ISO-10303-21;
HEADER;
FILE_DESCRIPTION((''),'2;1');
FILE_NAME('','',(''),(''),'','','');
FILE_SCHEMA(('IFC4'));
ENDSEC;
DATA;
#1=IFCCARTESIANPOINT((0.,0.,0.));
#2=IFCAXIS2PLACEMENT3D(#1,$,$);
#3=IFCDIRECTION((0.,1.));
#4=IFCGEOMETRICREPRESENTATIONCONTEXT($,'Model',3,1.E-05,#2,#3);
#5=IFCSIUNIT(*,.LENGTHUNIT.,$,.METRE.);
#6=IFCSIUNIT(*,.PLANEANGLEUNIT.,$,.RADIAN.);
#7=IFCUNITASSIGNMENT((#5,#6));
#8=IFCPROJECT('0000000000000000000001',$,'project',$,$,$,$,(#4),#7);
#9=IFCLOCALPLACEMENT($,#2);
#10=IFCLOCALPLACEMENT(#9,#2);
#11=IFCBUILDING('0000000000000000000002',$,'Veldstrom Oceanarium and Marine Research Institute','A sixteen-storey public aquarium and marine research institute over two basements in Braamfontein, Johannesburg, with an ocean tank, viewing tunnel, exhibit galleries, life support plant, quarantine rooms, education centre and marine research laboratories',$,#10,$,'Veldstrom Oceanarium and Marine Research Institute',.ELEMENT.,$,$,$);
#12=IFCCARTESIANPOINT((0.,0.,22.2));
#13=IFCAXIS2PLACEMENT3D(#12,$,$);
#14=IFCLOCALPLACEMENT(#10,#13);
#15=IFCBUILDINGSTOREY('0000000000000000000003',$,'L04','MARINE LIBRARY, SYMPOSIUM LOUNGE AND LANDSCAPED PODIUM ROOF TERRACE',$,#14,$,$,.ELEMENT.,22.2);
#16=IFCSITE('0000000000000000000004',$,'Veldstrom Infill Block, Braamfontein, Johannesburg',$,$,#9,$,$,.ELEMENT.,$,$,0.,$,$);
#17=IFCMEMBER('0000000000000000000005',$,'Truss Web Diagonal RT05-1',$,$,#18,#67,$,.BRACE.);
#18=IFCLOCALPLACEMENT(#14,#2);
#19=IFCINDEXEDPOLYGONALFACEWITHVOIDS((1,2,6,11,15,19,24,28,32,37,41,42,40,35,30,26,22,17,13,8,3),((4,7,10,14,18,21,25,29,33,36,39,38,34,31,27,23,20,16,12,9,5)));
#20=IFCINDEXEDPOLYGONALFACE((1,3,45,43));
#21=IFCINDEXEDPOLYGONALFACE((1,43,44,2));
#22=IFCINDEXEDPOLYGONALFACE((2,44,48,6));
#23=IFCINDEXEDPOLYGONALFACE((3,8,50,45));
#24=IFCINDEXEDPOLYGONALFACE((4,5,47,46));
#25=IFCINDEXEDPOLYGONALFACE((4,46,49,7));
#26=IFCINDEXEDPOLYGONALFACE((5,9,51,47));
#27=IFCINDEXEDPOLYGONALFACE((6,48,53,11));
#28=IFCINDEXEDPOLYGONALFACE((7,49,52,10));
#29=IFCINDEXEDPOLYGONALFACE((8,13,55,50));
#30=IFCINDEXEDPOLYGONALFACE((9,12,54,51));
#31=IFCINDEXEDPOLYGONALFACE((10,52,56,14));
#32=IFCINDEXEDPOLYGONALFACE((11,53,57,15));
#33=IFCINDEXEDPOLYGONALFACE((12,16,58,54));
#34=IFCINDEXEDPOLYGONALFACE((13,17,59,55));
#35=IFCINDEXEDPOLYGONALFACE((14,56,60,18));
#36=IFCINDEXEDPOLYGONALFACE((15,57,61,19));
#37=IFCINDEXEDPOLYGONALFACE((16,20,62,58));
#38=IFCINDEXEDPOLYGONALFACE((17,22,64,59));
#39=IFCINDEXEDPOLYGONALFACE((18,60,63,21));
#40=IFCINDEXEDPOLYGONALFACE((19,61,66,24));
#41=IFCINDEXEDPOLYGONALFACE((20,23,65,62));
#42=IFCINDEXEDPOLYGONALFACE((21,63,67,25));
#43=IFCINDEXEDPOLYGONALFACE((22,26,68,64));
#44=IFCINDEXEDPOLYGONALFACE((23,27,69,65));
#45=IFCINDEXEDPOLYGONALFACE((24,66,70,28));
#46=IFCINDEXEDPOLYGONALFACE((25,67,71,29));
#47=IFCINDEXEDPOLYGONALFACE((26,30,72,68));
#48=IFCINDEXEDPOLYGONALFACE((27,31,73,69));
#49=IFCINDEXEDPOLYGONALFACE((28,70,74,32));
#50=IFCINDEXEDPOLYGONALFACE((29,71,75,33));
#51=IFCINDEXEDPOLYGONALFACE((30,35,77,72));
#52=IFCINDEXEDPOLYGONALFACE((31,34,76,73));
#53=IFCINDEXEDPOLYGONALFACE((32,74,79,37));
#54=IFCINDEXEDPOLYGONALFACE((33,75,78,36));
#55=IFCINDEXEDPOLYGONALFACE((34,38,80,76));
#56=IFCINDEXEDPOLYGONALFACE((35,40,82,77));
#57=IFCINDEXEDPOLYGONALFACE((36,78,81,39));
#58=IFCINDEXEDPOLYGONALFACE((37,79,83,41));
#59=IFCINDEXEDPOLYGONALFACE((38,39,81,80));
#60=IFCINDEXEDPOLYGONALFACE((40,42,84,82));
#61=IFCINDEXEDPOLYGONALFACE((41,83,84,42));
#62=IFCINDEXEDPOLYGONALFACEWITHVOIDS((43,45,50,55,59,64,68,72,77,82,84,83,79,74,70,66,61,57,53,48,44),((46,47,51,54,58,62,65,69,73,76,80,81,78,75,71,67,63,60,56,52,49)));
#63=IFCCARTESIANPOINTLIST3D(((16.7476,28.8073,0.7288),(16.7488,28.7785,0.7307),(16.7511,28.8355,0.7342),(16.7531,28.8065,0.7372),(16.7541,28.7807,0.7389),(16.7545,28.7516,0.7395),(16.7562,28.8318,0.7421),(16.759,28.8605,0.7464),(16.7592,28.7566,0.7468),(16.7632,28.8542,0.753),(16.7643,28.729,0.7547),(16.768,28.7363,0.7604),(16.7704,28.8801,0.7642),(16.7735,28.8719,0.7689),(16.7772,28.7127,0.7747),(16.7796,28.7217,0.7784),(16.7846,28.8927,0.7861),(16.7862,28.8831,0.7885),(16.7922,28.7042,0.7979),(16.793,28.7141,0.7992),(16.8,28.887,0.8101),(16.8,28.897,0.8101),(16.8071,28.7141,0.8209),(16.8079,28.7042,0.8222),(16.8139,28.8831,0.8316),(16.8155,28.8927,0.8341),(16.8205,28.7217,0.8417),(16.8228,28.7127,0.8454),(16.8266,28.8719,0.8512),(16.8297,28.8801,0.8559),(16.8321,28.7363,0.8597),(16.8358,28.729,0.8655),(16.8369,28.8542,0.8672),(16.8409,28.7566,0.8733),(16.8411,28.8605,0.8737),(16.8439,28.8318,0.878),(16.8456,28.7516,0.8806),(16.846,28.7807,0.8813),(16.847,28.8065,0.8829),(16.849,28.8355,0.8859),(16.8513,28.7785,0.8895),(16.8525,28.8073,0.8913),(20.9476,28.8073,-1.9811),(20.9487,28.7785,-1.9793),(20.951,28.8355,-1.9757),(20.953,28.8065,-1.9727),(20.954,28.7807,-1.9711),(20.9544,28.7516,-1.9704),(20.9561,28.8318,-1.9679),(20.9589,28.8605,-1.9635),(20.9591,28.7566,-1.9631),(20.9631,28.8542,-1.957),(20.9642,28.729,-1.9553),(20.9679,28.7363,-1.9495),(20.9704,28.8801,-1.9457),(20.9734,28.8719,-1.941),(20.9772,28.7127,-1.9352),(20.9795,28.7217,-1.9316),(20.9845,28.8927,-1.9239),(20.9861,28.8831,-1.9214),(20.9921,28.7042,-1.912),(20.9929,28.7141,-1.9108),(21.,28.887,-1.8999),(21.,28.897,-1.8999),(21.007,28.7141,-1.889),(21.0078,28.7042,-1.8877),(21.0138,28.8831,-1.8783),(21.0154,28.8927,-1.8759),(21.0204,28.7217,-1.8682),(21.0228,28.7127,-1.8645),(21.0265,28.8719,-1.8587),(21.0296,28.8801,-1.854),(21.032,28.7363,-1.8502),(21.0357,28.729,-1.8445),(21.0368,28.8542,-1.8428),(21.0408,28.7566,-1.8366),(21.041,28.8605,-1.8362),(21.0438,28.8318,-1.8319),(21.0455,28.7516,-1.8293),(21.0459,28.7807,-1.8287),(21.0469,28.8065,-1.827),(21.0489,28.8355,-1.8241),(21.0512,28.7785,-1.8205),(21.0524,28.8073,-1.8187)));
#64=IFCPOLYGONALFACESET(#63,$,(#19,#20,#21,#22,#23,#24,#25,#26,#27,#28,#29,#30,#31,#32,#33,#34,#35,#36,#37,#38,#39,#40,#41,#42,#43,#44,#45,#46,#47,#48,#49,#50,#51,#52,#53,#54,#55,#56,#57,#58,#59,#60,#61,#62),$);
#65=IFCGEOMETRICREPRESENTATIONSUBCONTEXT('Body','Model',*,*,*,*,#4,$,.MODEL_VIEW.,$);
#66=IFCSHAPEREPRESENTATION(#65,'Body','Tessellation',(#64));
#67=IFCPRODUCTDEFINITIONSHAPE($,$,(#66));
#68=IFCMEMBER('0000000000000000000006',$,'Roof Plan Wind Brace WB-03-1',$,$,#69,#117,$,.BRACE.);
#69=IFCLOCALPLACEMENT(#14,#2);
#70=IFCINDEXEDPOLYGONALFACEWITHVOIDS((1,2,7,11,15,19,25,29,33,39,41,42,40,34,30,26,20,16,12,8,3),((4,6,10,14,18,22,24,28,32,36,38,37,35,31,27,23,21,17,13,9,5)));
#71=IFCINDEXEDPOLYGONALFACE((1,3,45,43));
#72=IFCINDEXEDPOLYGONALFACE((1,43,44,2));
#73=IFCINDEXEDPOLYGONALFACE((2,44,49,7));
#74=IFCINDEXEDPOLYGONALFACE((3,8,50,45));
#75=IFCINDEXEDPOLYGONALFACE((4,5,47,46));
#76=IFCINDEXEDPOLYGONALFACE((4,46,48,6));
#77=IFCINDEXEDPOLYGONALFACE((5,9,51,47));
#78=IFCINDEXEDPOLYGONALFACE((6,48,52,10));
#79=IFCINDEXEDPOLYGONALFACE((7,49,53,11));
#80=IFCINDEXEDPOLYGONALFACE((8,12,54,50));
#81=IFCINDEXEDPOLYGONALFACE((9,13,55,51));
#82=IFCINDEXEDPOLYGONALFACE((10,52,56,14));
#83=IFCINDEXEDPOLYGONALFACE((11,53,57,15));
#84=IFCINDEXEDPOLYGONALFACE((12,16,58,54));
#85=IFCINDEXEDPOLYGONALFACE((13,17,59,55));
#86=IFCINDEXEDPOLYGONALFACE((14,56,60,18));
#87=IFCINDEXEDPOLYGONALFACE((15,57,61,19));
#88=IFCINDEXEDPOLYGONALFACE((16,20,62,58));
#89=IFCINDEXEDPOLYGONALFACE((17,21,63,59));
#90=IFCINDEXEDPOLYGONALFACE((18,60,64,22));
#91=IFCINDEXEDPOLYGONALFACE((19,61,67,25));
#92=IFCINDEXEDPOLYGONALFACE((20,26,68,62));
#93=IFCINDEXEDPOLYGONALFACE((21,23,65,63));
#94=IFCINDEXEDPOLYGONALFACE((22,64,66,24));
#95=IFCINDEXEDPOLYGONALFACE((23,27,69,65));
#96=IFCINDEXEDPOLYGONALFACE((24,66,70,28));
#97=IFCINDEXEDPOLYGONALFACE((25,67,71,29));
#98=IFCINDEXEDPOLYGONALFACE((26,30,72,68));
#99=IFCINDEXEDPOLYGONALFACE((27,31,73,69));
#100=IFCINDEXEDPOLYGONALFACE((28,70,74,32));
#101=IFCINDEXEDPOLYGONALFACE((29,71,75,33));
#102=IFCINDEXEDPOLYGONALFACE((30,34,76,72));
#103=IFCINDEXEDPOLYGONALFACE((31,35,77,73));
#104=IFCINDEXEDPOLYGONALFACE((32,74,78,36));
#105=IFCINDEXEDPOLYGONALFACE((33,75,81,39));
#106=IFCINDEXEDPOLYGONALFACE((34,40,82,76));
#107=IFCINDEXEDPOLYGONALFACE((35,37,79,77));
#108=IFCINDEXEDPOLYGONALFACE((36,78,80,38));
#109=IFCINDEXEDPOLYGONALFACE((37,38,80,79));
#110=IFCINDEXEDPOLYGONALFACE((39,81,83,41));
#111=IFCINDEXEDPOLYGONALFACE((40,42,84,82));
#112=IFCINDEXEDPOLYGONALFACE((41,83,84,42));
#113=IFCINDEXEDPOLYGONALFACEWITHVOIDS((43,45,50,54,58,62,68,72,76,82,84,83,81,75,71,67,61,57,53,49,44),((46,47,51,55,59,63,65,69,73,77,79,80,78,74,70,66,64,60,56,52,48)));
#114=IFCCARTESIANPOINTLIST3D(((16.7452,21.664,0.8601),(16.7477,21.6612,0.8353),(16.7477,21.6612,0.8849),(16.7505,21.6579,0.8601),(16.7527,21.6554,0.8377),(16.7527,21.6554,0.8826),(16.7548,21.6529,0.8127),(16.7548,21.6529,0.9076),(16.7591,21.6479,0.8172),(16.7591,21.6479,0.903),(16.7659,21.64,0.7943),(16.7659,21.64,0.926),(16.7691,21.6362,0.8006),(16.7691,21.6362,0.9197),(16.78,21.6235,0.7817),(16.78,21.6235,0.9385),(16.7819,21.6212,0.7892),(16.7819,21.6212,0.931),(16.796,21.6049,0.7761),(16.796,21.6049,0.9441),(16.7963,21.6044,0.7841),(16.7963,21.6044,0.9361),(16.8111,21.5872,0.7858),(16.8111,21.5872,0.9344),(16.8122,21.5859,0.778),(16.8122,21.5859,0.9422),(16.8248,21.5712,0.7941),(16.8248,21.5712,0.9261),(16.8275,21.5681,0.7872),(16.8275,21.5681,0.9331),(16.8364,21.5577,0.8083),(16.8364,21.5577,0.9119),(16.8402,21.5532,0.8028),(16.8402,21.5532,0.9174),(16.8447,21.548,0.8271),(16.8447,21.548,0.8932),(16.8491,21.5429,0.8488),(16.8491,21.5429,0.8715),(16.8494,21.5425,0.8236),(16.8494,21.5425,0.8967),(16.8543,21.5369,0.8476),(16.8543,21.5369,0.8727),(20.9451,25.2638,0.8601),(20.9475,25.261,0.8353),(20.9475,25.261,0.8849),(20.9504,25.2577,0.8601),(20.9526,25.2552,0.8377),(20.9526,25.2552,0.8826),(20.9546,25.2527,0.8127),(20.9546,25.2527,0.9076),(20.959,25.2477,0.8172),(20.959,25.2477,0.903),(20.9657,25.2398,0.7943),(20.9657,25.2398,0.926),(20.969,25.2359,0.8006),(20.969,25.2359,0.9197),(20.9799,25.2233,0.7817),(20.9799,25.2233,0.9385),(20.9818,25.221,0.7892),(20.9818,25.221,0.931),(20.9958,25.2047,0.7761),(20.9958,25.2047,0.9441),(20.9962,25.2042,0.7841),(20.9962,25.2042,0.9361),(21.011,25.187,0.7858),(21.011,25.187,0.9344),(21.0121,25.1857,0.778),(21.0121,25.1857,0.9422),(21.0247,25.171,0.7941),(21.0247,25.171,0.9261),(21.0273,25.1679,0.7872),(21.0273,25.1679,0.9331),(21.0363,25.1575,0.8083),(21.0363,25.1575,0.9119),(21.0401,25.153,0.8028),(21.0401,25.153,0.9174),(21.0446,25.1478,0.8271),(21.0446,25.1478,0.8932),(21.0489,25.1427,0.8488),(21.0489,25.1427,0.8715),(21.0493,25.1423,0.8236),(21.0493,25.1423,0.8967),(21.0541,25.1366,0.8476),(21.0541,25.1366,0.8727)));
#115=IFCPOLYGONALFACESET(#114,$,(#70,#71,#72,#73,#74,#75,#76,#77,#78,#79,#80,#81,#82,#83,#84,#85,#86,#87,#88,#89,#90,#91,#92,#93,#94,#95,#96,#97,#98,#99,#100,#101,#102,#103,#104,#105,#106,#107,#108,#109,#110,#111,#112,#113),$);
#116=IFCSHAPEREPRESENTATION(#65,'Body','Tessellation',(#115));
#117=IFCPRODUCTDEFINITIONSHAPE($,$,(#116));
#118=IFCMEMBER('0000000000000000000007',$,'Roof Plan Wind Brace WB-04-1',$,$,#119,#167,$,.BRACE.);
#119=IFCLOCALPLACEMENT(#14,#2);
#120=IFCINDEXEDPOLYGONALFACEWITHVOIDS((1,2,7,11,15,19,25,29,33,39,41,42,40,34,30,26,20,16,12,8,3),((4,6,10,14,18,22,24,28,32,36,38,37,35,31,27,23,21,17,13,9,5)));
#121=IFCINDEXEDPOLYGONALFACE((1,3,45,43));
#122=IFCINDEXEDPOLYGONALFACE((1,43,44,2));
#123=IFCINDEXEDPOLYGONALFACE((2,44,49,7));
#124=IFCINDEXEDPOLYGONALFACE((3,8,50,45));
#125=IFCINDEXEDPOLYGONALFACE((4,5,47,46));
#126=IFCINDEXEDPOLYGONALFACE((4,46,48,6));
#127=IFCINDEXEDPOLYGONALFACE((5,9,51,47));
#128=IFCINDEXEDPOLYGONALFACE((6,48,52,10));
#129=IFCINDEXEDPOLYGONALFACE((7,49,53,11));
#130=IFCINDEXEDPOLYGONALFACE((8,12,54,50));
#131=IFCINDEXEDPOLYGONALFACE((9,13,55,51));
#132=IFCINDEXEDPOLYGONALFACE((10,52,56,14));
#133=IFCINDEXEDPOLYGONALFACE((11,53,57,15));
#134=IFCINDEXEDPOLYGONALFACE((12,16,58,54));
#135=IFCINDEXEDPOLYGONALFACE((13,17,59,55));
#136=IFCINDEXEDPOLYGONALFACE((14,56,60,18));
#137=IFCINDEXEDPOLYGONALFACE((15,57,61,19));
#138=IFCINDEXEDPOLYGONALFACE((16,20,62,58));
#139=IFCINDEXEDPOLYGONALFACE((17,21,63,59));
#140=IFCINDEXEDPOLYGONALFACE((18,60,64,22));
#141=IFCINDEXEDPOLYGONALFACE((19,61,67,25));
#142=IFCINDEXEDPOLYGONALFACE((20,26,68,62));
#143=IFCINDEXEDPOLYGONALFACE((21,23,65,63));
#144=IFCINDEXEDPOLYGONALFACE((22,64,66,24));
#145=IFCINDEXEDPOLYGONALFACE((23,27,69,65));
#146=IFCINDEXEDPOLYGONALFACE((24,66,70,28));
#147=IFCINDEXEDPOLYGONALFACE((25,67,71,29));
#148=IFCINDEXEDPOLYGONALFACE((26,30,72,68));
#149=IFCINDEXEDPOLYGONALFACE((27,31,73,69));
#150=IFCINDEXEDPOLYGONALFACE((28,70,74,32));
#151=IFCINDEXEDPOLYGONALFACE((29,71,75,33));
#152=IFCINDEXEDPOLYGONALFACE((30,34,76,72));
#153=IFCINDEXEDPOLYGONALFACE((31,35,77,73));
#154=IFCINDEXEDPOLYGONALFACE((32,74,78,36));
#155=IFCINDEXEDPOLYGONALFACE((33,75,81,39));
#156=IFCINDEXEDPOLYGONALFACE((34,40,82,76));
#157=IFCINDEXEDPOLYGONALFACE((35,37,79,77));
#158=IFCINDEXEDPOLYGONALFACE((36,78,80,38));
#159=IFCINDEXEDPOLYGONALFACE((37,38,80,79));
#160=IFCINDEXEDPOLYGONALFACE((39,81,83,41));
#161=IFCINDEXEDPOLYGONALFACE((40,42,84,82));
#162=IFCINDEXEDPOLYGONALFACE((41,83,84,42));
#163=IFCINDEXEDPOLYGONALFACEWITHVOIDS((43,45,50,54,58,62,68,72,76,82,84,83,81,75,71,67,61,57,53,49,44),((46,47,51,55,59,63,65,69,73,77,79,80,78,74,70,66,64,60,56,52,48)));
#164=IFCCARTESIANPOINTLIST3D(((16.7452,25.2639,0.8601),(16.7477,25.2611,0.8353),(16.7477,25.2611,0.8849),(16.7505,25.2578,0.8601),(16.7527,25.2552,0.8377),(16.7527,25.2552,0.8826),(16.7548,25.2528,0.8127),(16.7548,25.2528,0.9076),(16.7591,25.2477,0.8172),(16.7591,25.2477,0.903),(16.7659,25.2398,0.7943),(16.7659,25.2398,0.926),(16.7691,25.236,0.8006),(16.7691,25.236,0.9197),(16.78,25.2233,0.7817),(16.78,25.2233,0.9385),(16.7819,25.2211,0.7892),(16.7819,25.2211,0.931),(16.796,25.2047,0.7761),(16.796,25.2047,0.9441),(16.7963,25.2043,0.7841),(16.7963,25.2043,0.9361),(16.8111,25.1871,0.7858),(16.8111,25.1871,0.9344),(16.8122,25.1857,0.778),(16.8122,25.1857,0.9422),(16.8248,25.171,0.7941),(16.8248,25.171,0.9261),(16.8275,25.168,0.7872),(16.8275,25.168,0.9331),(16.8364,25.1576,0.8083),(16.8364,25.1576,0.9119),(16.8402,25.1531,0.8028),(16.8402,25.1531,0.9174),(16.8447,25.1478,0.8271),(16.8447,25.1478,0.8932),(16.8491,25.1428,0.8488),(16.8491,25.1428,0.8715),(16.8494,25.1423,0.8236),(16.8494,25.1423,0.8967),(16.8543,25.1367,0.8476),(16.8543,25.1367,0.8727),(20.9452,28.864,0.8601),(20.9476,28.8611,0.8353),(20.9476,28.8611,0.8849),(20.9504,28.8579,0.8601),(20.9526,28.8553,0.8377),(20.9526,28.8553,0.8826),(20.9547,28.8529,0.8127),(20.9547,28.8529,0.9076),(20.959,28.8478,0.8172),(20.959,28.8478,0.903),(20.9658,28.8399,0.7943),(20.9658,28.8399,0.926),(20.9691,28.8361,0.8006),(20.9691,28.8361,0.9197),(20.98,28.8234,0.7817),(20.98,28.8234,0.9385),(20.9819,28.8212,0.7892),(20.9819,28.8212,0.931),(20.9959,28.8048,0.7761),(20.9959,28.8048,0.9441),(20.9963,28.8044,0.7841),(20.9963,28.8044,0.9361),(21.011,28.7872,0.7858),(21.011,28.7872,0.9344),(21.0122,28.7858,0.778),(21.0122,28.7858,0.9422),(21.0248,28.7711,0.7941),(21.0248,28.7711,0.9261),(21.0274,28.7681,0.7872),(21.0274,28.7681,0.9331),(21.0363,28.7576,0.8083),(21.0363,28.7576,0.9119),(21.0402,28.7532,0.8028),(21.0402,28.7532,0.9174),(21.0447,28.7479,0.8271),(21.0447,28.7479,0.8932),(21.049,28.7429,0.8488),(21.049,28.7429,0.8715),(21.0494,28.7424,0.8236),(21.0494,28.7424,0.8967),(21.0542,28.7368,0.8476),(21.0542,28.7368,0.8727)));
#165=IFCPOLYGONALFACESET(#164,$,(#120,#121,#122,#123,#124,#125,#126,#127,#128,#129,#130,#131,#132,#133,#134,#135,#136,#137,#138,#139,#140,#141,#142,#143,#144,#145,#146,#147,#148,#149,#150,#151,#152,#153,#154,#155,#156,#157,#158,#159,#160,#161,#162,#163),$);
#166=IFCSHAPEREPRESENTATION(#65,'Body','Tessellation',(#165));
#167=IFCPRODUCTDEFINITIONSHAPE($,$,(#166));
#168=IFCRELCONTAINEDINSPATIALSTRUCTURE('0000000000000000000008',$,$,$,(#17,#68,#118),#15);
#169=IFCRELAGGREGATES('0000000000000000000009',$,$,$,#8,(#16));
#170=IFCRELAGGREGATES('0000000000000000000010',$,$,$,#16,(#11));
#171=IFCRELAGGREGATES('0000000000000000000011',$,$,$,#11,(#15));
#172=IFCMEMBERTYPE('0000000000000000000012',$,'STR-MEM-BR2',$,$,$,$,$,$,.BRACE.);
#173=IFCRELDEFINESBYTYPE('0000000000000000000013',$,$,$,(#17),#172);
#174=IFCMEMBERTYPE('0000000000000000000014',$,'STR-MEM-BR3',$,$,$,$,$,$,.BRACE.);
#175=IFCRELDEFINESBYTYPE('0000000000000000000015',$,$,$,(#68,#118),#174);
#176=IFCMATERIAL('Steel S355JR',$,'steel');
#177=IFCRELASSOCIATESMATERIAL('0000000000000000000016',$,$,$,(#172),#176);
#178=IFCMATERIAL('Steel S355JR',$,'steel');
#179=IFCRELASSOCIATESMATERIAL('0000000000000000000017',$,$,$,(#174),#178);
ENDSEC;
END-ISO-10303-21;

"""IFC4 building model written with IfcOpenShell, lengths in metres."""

from ifc_helpers import new_model, si_unit, direction, frame, origin, origin_2d, place, context, subcontext, project, spatial, hollow_circle, extrude, material, material_profile, profile_set, type_object, element, save


model = new_model("IFC4")

# Units and contexts
model_context = context("Model", 3, precision=1e-05, world=origin(), true_north=direction((0.0, 1.0)))
body_context = subcontext(model_context, "Body", "Model", "MODEL_VIEW")
ifc_project = project(units=[si_unit("LENGTHUNIT", "METRE"), si_unit("PLANEANGLEUNIT", "RADIAN")], contexts=[model_context])

# Site, building, storey
site_placement = place(None, origin())
site = spatial("IfcSite", under=ifc_project, at=site_placement, Name="Veldstrom Infill Block, Braamfontein, Johannesburg", CompositionType="ELEMENT", RefElevation=0.0)
building_placement = place(site_placement, origin())
building = spatial("IfcBuilding", under=site, at=building_placement, Name="Veldstrom Oceanarium and Marine Research Institute", Description="A sixteen-storey public aquarium and marine research institute over two basements in Braamfontein, Johannesburg, with an ocean tank, viewing tunnel, exhibit galleries, life support plant, quarantine rooms, education centre and marine research laboratories", LongName="Veldstrom Oceanarium and Marine Research Institute", CompositionType="ELEMENT")
storey_placement = place(building_placement, frame((0.0, 0.0, 22.2)))
storey = spatial("IfcBuildingStorey", under=building, at=storey_placement, Name="L04", Description="MARINE LIBRARY, SYMPOSIUM LOUNGE AND LANDSCAPED PODIUM ROOF TERRACE", CompositionType="ELEMENT", Elevation=22.2)

# Members
ifc_material_1 = material(Name="Steel S355JR", Category="steel")
ifc_material_profile_1 = material_profile(ifc_material_1, hollow_circle(Radius=0.0969, WallThickness=0.01, at=origin_2d()), Name="CHS 193.7x10")
ifc_profile_set_1 = profile_set([ifc_material_profile_1], Name="Steel S355JR")
member_type_1 = type_object("IfcMemberType", Name="STR-MEM-BR2", PredefinedType="BRACE", material=ifc_profile_set_1)
member_1_placement = place(storey_placement, frame((16.8, 28.8, 0.8101), z_axis=(0.840268, 0.0, -0.542171), x_axis=(0.0, 1.0, 0.0)))
element("IfcMember", 1, at=member_1_placement, inside=storey, type_object=member_type_1, Name="Truss Web Diagonal RT05-1", PredefinedType="BRACE", context=body_context, shape_type="SweptSolid", body=[
    extrude(hollow_circle(Radius=0.0969, WallThickness=0.01, at=origin_2d()), origin(), (0.0, 0.0, 1.0), 4.9983),
])
ifc_material_2 = material(Name="Steel S355JR", Category="steel")
ifc_material_profile_2 = material_profile(ifc_material_2, hollow_circle(Radius=0.0842, WallThickness=0.0081, at=origin_2d()), Name="CHS 168.3x8")
ifc_profile_set_2 = profile_set([ifc_material_profile_2], Name="Steel S355JR")
member_type_2 = type_object("IfcMemberType", Name="STR-MEM-BR3", PredefinedType="BRACE", material=ifc_profile_set_2)
member_2_placement = place(storey_placement, frame((16.8, 21.6001, 0.8601), z_axis=(0.759266, 0.65078, 0.0), x_axis=(-0.65078, 0.759266, 0.0)))
element("IfcMember", 2, at=member_2_placement, inside=storey, type_object=member_type_2, Name="Roof Plan Wind Brace WB-03-1", PredefinedType="BRACE", context=body_context, shape_type="SweptSolid", body=[
    extrude(hollow_circle(Radius=0.0842, WallThickness=0.0081, at=origin_2d()), origin(), (0.0, 0.0, 1.0), 5.5315),
])
member_3_placement = place(storey_placement, frame((16.8, 25.2, 0.8601), z_axis=(0.759244, 0.650806, 0.0), x_axis=(-0.650806, 0.759244, 0.0)))
element("IfcMember", 3, at=member_3_placement, inside=storey, type_object=member_type_2, Name="Roof Plan Wind Brace WB-04-1", PredefinedType="BRACE", context=body_context, shape_type="SweptSolid", body=[
    extrude(hollow_circle(Radius=0.0842, WallThickness=0.0081, at=origin_2d()), origin(), (0.0, 0.0, 1.0), 5.5317),
])

save(model, "model.ifc")
